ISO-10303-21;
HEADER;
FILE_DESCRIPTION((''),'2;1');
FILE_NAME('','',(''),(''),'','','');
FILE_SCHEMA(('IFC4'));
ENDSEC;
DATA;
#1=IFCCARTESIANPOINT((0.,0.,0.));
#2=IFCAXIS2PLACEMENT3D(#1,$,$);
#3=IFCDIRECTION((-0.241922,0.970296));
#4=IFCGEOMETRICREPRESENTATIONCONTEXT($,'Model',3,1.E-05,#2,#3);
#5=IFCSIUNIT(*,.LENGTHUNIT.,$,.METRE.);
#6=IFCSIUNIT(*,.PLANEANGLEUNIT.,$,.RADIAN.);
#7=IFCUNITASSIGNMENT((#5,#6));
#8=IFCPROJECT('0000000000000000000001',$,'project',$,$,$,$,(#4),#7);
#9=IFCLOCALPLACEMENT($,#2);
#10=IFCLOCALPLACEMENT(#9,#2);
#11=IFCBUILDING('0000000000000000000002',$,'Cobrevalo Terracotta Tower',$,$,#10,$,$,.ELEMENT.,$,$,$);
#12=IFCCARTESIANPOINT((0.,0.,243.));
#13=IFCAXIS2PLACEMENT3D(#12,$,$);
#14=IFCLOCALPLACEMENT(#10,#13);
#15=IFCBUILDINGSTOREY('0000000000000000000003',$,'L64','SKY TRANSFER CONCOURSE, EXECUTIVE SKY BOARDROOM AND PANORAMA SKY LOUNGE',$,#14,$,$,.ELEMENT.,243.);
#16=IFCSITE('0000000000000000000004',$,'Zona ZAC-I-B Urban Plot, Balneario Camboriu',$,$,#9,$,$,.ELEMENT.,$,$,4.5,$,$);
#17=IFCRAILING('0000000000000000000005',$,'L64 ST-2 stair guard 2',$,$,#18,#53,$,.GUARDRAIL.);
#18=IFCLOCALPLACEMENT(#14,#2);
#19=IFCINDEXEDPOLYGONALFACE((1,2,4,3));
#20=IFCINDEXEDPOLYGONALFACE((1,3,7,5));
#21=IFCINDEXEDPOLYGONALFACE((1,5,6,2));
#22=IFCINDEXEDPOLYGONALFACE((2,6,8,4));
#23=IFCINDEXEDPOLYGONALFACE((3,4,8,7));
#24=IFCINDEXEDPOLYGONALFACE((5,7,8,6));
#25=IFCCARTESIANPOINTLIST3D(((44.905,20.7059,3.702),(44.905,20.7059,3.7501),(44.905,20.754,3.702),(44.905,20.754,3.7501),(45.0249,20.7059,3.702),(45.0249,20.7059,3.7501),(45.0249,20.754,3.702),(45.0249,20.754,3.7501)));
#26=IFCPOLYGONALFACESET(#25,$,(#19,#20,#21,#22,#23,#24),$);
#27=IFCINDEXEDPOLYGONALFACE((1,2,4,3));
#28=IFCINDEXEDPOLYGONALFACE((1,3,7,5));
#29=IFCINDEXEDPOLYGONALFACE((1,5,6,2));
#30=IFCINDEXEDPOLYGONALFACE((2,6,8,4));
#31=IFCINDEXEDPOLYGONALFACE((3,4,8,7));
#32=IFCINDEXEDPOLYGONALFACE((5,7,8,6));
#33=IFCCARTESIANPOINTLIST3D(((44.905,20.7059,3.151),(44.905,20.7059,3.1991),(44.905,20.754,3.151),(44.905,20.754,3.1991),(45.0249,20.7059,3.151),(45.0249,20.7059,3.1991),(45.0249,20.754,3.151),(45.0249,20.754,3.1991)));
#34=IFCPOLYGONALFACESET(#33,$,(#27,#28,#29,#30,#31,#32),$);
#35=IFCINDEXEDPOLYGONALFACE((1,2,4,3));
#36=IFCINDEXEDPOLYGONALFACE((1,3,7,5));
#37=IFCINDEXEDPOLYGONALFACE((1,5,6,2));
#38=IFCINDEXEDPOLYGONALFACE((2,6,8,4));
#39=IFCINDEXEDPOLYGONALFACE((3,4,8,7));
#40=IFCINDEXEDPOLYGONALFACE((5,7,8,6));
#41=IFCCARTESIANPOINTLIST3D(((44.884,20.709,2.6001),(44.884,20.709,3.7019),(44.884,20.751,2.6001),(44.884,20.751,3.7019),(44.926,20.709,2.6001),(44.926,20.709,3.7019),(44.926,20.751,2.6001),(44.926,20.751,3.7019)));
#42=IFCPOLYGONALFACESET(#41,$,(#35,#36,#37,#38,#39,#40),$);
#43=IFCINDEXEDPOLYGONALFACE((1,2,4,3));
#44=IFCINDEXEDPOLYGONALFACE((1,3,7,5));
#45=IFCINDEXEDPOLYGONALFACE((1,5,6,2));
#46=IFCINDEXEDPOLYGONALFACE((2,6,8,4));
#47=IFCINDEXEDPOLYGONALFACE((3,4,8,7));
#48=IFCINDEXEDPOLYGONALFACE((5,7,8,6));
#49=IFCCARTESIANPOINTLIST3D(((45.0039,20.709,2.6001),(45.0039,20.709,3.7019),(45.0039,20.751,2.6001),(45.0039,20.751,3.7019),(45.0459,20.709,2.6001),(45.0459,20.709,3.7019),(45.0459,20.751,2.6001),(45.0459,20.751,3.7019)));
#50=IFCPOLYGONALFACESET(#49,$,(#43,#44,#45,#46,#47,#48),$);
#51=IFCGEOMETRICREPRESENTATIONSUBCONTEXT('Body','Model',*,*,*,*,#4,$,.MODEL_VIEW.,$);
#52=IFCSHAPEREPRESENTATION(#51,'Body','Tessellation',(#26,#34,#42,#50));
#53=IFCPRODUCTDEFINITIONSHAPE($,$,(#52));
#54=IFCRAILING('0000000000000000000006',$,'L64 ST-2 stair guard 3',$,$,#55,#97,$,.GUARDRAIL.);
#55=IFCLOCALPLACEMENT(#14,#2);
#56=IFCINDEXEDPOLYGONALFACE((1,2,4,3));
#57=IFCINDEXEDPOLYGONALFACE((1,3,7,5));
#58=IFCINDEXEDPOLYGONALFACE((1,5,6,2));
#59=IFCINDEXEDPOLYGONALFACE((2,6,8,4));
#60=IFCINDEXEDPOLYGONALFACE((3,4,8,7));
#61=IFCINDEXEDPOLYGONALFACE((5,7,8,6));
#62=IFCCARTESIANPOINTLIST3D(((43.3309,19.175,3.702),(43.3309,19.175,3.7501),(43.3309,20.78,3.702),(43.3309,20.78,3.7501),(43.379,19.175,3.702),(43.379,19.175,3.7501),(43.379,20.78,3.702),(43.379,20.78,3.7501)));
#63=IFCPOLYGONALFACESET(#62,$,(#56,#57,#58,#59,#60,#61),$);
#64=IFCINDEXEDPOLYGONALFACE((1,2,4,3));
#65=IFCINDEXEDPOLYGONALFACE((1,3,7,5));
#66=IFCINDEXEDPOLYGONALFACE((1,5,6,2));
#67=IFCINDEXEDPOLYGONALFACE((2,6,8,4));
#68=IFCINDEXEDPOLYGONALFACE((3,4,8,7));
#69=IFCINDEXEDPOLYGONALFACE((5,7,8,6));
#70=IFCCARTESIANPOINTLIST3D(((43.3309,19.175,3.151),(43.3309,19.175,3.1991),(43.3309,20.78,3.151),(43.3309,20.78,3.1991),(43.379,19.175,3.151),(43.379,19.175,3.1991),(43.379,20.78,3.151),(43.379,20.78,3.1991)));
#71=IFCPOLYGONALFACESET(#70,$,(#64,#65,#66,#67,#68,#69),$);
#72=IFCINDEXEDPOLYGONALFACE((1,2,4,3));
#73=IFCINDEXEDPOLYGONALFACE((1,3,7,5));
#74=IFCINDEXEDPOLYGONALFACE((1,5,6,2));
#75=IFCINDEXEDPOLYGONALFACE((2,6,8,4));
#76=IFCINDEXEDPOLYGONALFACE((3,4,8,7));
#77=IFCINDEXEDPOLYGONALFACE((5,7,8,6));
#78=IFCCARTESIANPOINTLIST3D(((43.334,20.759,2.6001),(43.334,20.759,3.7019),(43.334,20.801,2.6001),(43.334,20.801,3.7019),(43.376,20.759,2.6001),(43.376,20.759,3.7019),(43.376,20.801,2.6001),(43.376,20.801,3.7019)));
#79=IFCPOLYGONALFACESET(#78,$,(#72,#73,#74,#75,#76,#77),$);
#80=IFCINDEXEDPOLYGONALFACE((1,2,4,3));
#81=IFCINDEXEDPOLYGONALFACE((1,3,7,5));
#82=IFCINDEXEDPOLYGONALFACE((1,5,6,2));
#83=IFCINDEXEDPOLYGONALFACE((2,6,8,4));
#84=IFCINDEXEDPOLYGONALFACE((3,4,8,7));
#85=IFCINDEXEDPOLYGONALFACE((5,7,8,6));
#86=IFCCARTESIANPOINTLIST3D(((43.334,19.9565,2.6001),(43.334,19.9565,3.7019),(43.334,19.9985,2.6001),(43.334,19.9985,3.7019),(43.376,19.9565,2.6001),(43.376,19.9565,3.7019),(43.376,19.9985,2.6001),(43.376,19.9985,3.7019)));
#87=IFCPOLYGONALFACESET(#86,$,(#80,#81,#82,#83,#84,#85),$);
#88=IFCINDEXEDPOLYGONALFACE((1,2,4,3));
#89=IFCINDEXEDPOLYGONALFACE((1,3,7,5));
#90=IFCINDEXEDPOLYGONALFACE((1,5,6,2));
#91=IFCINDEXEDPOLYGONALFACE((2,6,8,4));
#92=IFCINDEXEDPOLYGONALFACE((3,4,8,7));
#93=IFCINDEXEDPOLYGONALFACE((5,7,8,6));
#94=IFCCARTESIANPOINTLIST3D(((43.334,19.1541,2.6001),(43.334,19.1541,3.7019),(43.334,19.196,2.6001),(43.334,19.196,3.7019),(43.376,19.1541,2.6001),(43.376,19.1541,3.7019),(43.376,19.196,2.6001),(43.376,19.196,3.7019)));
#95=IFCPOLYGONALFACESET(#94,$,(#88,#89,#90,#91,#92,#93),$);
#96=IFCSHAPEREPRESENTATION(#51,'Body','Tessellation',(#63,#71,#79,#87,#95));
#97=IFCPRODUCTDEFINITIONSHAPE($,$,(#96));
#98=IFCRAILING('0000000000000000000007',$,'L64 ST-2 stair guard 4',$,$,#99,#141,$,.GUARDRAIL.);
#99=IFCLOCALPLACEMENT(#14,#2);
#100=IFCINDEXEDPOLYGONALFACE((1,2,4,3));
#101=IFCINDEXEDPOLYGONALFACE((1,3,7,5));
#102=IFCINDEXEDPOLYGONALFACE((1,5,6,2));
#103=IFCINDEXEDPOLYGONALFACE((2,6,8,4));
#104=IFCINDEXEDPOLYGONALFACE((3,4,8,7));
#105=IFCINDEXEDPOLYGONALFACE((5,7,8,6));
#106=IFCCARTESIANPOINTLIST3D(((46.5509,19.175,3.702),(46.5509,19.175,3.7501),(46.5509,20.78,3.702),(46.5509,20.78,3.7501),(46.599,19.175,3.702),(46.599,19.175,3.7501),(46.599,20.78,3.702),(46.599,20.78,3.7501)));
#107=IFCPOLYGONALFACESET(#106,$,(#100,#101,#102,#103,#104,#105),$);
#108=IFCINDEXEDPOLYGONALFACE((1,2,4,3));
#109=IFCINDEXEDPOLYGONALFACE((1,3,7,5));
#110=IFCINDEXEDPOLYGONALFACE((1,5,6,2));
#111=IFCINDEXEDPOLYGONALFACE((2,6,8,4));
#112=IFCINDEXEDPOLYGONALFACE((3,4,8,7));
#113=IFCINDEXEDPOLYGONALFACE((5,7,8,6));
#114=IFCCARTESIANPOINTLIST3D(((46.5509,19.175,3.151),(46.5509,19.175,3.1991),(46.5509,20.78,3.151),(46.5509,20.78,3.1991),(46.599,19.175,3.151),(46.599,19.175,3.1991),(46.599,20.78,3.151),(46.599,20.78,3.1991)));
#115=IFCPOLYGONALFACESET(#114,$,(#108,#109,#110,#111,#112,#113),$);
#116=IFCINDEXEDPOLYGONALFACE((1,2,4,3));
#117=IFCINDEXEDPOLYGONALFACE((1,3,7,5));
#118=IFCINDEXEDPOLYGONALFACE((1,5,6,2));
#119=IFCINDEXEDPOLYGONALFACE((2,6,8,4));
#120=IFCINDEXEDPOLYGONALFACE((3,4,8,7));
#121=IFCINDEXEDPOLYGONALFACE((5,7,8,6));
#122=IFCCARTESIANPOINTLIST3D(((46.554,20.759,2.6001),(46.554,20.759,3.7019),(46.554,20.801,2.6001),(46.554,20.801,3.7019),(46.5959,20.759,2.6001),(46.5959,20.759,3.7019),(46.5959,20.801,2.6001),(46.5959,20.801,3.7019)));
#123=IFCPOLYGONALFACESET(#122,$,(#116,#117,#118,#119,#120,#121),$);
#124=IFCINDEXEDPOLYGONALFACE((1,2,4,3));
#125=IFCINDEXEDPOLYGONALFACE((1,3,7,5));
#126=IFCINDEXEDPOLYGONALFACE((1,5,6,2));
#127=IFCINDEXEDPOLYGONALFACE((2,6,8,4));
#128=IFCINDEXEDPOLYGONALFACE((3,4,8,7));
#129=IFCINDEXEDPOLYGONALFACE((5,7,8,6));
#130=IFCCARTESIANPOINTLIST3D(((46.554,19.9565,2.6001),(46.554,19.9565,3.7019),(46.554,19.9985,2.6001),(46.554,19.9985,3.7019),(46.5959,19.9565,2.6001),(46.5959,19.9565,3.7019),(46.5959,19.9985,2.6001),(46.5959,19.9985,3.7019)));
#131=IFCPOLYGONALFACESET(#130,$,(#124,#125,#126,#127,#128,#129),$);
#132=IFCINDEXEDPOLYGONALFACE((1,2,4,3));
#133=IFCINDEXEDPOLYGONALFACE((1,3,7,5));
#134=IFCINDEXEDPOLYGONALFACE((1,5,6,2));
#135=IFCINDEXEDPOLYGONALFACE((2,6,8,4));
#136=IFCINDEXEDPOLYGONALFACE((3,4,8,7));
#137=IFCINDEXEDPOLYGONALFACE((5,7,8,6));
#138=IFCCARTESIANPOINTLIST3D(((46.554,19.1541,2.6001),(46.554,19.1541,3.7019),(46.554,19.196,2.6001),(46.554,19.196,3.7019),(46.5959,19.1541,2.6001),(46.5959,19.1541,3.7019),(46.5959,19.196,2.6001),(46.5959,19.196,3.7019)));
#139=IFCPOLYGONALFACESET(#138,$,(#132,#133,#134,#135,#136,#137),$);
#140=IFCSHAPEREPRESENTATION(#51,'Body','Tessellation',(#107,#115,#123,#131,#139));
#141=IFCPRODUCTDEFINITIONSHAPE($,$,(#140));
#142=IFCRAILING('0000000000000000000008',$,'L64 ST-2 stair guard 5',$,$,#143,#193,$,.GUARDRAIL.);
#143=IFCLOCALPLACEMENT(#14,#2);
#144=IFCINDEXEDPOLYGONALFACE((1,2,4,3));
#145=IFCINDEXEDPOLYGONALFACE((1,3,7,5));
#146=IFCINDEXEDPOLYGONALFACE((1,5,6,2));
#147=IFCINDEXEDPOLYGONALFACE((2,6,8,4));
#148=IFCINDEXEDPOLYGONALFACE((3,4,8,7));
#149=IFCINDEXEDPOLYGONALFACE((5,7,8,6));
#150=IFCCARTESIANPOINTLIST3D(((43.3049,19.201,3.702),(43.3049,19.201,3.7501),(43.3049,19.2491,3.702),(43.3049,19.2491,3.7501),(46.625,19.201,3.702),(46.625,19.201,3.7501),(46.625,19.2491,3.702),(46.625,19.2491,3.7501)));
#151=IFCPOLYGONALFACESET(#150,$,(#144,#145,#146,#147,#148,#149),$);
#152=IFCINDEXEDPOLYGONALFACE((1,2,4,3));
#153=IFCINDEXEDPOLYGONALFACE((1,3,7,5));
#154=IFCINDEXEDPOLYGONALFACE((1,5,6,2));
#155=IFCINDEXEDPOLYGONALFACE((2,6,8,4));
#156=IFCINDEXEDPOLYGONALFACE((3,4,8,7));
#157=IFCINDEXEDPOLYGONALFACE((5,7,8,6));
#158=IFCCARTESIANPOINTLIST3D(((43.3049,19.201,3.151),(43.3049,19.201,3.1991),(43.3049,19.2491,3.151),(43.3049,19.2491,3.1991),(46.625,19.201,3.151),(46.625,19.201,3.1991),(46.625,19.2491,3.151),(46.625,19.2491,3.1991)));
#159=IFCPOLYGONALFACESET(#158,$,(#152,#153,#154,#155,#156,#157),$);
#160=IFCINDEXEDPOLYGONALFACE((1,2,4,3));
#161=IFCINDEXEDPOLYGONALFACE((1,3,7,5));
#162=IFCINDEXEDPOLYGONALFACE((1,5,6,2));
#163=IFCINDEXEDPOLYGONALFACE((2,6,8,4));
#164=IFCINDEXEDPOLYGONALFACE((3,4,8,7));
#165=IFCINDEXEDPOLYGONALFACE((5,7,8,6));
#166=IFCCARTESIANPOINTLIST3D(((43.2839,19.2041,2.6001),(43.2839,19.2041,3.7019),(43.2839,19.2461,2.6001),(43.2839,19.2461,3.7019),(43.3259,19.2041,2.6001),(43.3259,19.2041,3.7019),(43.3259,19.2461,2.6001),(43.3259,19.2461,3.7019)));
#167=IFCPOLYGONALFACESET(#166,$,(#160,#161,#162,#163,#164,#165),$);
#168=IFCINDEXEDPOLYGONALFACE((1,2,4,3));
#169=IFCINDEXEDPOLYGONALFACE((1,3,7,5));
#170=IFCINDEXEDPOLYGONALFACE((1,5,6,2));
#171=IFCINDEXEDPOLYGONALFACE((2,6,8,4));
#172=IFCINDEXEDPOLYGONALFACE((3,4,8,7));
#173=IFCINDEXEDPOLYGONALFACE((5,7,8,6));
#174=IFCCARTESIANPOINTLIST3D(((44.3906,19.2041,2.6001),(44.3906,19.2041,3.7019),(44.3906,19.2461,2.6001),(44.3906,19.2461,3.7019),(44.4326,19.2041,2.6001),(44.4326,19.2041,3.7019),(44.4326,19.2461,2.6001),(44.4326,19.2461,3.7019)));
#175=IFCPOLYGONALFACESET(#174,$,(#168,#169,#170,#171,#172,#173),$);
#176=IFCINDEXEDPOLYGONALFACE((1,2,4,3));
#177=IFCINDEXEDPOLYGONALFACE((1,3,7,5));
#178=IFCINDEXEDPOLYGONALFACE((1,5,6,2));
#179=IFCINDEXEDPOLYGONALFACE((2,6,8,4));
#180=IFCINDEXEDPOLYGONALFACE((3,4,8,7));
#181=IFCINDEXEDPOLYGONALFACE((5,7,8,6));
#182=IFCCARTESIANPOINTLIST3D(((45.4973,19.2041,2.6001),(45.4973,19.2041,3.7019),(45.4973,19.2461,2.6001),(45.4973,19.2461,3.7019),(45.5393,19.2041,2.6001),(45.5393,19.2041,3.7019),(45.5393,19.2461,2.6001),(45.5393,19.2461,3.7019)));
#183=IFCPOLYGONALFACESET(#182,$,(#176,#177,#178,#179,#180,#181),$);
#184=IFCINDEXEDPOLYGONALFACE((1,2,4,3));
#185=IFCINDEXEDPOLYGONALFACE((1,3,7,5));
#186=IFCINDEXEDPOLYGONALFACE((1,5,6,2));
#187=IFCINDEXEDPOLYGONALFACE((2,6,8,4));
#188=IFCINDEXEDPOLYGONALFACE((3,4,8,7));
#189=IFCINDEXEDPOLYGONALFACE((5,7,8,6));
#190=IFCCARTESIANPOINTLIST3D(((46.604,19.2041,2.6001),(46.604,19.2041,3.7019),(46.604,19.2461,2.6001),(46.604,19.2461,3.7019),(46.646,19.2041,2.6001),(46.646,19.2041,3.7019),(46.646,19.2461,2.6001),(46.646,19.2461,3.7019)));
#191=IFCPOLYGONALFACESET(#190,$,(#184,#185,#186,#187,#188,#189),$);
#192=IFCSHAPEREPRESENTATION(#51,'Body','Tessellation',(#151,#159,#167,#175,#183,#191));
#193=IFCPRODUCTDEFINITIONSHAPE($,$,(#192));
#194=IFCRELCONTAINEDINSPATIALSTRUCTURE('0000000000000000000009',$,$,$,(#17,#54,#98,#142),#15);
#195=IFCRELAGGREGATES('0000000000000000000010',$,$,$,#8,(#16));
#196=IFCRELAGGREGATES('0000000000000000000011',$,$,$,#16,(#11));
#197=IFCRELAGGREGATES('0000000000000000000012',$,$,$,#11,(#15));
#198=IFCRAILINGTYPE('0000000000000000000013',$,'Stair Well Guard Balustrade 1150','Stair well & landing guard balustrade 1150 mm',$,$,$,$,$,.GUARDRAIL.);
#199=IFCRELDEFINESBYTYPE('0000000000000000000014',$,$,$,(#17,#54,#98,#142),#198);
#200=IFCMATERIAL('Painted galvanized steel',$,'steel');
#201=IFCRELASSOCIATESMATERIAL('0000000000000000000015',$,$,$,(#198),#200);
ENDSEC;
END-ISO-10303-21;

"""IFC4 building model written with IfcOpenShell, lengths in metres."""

from ifc_helpers import new_model, si_unit, direction, frame, origin, origin_2d, place, context, subcontext, project, spatial, rectangle, extrude, material, type_object, element, save


model = new_model("IFC4")

# Units and contexts
model_context = context("Model", 3, precision=1e-05, world=origin(), true_north=direction((-0.241922, 0.970296)))
body_context = subcontext(model_context, "Body", "Model", "MODEL_VIEW")
ifc_project = project(units=[si_unit("LENGTHUNIT", "METRE"), si_unit("PLANEANGLEUNIT", "RADIAN")], contexts=[model_context])

# Site, building, storey
site_placement = place(None, origin())
site = spatial("IfcSite", under=ifc_project, at=site_placement, Name="Zona ZAC-I-B Urban Plot, Balneario Camboriu", CompositionType="ELEMENT", RefElevation=4.5)
building_placement = place(site_placement, origin())
building = spatial("IfcBuilding", under=site, at=building_placement, Name="Cobrevalo Terracotta Tower", CompositionType="ELEMENT")
storey_placement = place(building_placement, frame((0.0, 0.0, 243.0)))
storey = spatial("IfcBuildingStorey", under=building, at=storey_placement, Name="L64", Description="SKY TRANSFER CONCOURSE, EXECUTIVE SKY BOARDROOM AND PANORAMA SKY LOUNGE", CompositionType="ELEMENT", Elevation=243.0)

# Railings
ifc_material_1 = material(Name="Painted galvanized steel", Category="steel")
railing_type_1 = type_object("IfcRailingType", Name="Stair Well Guard Balustrade 1150", Description="Stair well & landing guard balustrade 1150 mm", PredefinedType="GUARDRAIL", material=ifc_material_1)
railing_1_placement = place(storey_placement, frame((44.905, 20.73, 2.6001)))
element("IfcRailing", 1, at=railing_1_placement, inside=storey, type_object=railing_type_1, Name="L64 ST-2 stair guard 2", PredefinedType="GUARDRAIL", context=body_context, shape_type="SweptSolid", body=[
    extrude(rectangle(XDim=0.0481, YDim=0.0481, at=origin_2d()), frame((0.0, 0.0, 1.126), z_axis=(1.0, 0.0, 0.0), x_axis=(0.0, 1.0, 0.0)), (0.0, 0.0, 1.0), 0.1199),
    extrude(rectangle(XDim=0.0481, YDim=0.0481, at=origin_2d()), frame((0.0, 0.0, 0.575), z_axis=(1.0, 0.0, 0.0), x_axis=(0.0, 1.0, 0.0)), (0.0, 0.0, 1.0), 0.1199),
    extrude(rectangle(XDim=0.042, YDim=0.042, at=origin_2d()), origin(), (0.0, 0.0, 1.0), 1.1018),
    extrude(rectangle(XDim=0.042, YDim=0.042, at=origin_2d()), frame((0.1199, 0.0, 0.0)), (0.0, 0.0, 1.0), 1.1018),
])
for number, where, name in (
    (2, (43.355, 20.78, 2.6001), "L64 ST-2 stair guard 3"),
    (3, (46.575, 20.78, 2.6001), "L64 ST-2 stair guard 4"),
):
    element("IfcRailing", number, at=place(storey_placement, frame(where)), inside=storey, type_object=railing_type_1, Name=name, PredefinedType="GUARDRAIL", context=body_context, shape_type="SweptSolid", body=[
        extrude(rectangle(XDim=0.0481, YDim=0.0481, at=origin_2d()), frame((0.0, 0.0, 1.126), z_axis=(0.0, -1.0, 0.0), x_axis=(1.0, 0.0, 0.0)), (0.0, 0.0, 1.0), 1.605),
        extrude(rectangle(XDim=0.0481, YDim=0.0481, at=origin_2d()), frame((0.0, 0.0, 0.575), z_axis=(0.0, -1.0, 0.0), x_axis=(1.0, 0.0, 0.0)), (0.0, 0.0, 1.0), 1.605),
        extrude(rectangle(XDim=0.042, YDim=0.042, at=origin_2d()), origin(), (0.0, 0.0, 1.0), 1.1018),
        extrude(rectangle(XDim=0.042, YDim=0.042, at=origin_2d()), frame((0.0, -0.8025, 0.0)), (0.0, 0.0, 1.0), 1.1018),
        extrude(rectangle(XDim=0.042, YDim=0.042, at=origin_2d()), frame((0.0, -1.605, 0.0)), (0.0, 0.0, 1.0), 1.1018),
    ])
railing_2_placement = place(storey_placement, frame((43.3049, 19.2251, 2.6001)))
element("IfcRailing", 4, at=railing_2_placement, inside=storey, type_object=railing_type_1, Name="L64 ST-2 stair guard 5", PredefinedType="GUARDRAIL", context=body_context, shape_type="SweptSolid", body=[
    extrude(rectangle(XDim=0.0481, YDim=0.0481, at=origin_2d()), frame((0.0, 0.0, 1.126), z_axis=(1.0, 0.0, 0.0), x_axis=(0.0, 1.0, 0.0)), (0.0, 0.0, 1.0), 3.3201),
    extrude(rectangle(XDim=0.0481, YDim=0.0481, at=origin_2d()), frame((0.0, 0.0, 0.575), z_axis=(1.0, 0.0, 0.0), x_axis=(0.0, 1.0, 0.0)), (0.0, 0.0, 1.0), 3.3201),
    extrude(rectangle(XDim=0.042, YDim=0.042, at=origin_2d()), origin(), (0.0, 0.0, 1.0), 1.1018),
    extrude(rectangle(XDim=0.042, YDim=0.042, at=origin_2d()), frame((1.1067, 0.0, 0.0)), (0.0, 0.0, 1.0), 1.1018),
    extrude(rectangle(XDim=0.042, YDim=0.042, at=origin_2d()), frame((2.2134, 0.0, 0.0)), (0.0, 0.0, 1.0), 1.1018),
    extrude(rectangle(XDim=0.042, YDim=0.042, at=origin_2d()), frame((3.3201, 0.0, 0.0)), (0.0, 0.0, 1.0), 1.1018),
])

save(model, "model.ifc")
